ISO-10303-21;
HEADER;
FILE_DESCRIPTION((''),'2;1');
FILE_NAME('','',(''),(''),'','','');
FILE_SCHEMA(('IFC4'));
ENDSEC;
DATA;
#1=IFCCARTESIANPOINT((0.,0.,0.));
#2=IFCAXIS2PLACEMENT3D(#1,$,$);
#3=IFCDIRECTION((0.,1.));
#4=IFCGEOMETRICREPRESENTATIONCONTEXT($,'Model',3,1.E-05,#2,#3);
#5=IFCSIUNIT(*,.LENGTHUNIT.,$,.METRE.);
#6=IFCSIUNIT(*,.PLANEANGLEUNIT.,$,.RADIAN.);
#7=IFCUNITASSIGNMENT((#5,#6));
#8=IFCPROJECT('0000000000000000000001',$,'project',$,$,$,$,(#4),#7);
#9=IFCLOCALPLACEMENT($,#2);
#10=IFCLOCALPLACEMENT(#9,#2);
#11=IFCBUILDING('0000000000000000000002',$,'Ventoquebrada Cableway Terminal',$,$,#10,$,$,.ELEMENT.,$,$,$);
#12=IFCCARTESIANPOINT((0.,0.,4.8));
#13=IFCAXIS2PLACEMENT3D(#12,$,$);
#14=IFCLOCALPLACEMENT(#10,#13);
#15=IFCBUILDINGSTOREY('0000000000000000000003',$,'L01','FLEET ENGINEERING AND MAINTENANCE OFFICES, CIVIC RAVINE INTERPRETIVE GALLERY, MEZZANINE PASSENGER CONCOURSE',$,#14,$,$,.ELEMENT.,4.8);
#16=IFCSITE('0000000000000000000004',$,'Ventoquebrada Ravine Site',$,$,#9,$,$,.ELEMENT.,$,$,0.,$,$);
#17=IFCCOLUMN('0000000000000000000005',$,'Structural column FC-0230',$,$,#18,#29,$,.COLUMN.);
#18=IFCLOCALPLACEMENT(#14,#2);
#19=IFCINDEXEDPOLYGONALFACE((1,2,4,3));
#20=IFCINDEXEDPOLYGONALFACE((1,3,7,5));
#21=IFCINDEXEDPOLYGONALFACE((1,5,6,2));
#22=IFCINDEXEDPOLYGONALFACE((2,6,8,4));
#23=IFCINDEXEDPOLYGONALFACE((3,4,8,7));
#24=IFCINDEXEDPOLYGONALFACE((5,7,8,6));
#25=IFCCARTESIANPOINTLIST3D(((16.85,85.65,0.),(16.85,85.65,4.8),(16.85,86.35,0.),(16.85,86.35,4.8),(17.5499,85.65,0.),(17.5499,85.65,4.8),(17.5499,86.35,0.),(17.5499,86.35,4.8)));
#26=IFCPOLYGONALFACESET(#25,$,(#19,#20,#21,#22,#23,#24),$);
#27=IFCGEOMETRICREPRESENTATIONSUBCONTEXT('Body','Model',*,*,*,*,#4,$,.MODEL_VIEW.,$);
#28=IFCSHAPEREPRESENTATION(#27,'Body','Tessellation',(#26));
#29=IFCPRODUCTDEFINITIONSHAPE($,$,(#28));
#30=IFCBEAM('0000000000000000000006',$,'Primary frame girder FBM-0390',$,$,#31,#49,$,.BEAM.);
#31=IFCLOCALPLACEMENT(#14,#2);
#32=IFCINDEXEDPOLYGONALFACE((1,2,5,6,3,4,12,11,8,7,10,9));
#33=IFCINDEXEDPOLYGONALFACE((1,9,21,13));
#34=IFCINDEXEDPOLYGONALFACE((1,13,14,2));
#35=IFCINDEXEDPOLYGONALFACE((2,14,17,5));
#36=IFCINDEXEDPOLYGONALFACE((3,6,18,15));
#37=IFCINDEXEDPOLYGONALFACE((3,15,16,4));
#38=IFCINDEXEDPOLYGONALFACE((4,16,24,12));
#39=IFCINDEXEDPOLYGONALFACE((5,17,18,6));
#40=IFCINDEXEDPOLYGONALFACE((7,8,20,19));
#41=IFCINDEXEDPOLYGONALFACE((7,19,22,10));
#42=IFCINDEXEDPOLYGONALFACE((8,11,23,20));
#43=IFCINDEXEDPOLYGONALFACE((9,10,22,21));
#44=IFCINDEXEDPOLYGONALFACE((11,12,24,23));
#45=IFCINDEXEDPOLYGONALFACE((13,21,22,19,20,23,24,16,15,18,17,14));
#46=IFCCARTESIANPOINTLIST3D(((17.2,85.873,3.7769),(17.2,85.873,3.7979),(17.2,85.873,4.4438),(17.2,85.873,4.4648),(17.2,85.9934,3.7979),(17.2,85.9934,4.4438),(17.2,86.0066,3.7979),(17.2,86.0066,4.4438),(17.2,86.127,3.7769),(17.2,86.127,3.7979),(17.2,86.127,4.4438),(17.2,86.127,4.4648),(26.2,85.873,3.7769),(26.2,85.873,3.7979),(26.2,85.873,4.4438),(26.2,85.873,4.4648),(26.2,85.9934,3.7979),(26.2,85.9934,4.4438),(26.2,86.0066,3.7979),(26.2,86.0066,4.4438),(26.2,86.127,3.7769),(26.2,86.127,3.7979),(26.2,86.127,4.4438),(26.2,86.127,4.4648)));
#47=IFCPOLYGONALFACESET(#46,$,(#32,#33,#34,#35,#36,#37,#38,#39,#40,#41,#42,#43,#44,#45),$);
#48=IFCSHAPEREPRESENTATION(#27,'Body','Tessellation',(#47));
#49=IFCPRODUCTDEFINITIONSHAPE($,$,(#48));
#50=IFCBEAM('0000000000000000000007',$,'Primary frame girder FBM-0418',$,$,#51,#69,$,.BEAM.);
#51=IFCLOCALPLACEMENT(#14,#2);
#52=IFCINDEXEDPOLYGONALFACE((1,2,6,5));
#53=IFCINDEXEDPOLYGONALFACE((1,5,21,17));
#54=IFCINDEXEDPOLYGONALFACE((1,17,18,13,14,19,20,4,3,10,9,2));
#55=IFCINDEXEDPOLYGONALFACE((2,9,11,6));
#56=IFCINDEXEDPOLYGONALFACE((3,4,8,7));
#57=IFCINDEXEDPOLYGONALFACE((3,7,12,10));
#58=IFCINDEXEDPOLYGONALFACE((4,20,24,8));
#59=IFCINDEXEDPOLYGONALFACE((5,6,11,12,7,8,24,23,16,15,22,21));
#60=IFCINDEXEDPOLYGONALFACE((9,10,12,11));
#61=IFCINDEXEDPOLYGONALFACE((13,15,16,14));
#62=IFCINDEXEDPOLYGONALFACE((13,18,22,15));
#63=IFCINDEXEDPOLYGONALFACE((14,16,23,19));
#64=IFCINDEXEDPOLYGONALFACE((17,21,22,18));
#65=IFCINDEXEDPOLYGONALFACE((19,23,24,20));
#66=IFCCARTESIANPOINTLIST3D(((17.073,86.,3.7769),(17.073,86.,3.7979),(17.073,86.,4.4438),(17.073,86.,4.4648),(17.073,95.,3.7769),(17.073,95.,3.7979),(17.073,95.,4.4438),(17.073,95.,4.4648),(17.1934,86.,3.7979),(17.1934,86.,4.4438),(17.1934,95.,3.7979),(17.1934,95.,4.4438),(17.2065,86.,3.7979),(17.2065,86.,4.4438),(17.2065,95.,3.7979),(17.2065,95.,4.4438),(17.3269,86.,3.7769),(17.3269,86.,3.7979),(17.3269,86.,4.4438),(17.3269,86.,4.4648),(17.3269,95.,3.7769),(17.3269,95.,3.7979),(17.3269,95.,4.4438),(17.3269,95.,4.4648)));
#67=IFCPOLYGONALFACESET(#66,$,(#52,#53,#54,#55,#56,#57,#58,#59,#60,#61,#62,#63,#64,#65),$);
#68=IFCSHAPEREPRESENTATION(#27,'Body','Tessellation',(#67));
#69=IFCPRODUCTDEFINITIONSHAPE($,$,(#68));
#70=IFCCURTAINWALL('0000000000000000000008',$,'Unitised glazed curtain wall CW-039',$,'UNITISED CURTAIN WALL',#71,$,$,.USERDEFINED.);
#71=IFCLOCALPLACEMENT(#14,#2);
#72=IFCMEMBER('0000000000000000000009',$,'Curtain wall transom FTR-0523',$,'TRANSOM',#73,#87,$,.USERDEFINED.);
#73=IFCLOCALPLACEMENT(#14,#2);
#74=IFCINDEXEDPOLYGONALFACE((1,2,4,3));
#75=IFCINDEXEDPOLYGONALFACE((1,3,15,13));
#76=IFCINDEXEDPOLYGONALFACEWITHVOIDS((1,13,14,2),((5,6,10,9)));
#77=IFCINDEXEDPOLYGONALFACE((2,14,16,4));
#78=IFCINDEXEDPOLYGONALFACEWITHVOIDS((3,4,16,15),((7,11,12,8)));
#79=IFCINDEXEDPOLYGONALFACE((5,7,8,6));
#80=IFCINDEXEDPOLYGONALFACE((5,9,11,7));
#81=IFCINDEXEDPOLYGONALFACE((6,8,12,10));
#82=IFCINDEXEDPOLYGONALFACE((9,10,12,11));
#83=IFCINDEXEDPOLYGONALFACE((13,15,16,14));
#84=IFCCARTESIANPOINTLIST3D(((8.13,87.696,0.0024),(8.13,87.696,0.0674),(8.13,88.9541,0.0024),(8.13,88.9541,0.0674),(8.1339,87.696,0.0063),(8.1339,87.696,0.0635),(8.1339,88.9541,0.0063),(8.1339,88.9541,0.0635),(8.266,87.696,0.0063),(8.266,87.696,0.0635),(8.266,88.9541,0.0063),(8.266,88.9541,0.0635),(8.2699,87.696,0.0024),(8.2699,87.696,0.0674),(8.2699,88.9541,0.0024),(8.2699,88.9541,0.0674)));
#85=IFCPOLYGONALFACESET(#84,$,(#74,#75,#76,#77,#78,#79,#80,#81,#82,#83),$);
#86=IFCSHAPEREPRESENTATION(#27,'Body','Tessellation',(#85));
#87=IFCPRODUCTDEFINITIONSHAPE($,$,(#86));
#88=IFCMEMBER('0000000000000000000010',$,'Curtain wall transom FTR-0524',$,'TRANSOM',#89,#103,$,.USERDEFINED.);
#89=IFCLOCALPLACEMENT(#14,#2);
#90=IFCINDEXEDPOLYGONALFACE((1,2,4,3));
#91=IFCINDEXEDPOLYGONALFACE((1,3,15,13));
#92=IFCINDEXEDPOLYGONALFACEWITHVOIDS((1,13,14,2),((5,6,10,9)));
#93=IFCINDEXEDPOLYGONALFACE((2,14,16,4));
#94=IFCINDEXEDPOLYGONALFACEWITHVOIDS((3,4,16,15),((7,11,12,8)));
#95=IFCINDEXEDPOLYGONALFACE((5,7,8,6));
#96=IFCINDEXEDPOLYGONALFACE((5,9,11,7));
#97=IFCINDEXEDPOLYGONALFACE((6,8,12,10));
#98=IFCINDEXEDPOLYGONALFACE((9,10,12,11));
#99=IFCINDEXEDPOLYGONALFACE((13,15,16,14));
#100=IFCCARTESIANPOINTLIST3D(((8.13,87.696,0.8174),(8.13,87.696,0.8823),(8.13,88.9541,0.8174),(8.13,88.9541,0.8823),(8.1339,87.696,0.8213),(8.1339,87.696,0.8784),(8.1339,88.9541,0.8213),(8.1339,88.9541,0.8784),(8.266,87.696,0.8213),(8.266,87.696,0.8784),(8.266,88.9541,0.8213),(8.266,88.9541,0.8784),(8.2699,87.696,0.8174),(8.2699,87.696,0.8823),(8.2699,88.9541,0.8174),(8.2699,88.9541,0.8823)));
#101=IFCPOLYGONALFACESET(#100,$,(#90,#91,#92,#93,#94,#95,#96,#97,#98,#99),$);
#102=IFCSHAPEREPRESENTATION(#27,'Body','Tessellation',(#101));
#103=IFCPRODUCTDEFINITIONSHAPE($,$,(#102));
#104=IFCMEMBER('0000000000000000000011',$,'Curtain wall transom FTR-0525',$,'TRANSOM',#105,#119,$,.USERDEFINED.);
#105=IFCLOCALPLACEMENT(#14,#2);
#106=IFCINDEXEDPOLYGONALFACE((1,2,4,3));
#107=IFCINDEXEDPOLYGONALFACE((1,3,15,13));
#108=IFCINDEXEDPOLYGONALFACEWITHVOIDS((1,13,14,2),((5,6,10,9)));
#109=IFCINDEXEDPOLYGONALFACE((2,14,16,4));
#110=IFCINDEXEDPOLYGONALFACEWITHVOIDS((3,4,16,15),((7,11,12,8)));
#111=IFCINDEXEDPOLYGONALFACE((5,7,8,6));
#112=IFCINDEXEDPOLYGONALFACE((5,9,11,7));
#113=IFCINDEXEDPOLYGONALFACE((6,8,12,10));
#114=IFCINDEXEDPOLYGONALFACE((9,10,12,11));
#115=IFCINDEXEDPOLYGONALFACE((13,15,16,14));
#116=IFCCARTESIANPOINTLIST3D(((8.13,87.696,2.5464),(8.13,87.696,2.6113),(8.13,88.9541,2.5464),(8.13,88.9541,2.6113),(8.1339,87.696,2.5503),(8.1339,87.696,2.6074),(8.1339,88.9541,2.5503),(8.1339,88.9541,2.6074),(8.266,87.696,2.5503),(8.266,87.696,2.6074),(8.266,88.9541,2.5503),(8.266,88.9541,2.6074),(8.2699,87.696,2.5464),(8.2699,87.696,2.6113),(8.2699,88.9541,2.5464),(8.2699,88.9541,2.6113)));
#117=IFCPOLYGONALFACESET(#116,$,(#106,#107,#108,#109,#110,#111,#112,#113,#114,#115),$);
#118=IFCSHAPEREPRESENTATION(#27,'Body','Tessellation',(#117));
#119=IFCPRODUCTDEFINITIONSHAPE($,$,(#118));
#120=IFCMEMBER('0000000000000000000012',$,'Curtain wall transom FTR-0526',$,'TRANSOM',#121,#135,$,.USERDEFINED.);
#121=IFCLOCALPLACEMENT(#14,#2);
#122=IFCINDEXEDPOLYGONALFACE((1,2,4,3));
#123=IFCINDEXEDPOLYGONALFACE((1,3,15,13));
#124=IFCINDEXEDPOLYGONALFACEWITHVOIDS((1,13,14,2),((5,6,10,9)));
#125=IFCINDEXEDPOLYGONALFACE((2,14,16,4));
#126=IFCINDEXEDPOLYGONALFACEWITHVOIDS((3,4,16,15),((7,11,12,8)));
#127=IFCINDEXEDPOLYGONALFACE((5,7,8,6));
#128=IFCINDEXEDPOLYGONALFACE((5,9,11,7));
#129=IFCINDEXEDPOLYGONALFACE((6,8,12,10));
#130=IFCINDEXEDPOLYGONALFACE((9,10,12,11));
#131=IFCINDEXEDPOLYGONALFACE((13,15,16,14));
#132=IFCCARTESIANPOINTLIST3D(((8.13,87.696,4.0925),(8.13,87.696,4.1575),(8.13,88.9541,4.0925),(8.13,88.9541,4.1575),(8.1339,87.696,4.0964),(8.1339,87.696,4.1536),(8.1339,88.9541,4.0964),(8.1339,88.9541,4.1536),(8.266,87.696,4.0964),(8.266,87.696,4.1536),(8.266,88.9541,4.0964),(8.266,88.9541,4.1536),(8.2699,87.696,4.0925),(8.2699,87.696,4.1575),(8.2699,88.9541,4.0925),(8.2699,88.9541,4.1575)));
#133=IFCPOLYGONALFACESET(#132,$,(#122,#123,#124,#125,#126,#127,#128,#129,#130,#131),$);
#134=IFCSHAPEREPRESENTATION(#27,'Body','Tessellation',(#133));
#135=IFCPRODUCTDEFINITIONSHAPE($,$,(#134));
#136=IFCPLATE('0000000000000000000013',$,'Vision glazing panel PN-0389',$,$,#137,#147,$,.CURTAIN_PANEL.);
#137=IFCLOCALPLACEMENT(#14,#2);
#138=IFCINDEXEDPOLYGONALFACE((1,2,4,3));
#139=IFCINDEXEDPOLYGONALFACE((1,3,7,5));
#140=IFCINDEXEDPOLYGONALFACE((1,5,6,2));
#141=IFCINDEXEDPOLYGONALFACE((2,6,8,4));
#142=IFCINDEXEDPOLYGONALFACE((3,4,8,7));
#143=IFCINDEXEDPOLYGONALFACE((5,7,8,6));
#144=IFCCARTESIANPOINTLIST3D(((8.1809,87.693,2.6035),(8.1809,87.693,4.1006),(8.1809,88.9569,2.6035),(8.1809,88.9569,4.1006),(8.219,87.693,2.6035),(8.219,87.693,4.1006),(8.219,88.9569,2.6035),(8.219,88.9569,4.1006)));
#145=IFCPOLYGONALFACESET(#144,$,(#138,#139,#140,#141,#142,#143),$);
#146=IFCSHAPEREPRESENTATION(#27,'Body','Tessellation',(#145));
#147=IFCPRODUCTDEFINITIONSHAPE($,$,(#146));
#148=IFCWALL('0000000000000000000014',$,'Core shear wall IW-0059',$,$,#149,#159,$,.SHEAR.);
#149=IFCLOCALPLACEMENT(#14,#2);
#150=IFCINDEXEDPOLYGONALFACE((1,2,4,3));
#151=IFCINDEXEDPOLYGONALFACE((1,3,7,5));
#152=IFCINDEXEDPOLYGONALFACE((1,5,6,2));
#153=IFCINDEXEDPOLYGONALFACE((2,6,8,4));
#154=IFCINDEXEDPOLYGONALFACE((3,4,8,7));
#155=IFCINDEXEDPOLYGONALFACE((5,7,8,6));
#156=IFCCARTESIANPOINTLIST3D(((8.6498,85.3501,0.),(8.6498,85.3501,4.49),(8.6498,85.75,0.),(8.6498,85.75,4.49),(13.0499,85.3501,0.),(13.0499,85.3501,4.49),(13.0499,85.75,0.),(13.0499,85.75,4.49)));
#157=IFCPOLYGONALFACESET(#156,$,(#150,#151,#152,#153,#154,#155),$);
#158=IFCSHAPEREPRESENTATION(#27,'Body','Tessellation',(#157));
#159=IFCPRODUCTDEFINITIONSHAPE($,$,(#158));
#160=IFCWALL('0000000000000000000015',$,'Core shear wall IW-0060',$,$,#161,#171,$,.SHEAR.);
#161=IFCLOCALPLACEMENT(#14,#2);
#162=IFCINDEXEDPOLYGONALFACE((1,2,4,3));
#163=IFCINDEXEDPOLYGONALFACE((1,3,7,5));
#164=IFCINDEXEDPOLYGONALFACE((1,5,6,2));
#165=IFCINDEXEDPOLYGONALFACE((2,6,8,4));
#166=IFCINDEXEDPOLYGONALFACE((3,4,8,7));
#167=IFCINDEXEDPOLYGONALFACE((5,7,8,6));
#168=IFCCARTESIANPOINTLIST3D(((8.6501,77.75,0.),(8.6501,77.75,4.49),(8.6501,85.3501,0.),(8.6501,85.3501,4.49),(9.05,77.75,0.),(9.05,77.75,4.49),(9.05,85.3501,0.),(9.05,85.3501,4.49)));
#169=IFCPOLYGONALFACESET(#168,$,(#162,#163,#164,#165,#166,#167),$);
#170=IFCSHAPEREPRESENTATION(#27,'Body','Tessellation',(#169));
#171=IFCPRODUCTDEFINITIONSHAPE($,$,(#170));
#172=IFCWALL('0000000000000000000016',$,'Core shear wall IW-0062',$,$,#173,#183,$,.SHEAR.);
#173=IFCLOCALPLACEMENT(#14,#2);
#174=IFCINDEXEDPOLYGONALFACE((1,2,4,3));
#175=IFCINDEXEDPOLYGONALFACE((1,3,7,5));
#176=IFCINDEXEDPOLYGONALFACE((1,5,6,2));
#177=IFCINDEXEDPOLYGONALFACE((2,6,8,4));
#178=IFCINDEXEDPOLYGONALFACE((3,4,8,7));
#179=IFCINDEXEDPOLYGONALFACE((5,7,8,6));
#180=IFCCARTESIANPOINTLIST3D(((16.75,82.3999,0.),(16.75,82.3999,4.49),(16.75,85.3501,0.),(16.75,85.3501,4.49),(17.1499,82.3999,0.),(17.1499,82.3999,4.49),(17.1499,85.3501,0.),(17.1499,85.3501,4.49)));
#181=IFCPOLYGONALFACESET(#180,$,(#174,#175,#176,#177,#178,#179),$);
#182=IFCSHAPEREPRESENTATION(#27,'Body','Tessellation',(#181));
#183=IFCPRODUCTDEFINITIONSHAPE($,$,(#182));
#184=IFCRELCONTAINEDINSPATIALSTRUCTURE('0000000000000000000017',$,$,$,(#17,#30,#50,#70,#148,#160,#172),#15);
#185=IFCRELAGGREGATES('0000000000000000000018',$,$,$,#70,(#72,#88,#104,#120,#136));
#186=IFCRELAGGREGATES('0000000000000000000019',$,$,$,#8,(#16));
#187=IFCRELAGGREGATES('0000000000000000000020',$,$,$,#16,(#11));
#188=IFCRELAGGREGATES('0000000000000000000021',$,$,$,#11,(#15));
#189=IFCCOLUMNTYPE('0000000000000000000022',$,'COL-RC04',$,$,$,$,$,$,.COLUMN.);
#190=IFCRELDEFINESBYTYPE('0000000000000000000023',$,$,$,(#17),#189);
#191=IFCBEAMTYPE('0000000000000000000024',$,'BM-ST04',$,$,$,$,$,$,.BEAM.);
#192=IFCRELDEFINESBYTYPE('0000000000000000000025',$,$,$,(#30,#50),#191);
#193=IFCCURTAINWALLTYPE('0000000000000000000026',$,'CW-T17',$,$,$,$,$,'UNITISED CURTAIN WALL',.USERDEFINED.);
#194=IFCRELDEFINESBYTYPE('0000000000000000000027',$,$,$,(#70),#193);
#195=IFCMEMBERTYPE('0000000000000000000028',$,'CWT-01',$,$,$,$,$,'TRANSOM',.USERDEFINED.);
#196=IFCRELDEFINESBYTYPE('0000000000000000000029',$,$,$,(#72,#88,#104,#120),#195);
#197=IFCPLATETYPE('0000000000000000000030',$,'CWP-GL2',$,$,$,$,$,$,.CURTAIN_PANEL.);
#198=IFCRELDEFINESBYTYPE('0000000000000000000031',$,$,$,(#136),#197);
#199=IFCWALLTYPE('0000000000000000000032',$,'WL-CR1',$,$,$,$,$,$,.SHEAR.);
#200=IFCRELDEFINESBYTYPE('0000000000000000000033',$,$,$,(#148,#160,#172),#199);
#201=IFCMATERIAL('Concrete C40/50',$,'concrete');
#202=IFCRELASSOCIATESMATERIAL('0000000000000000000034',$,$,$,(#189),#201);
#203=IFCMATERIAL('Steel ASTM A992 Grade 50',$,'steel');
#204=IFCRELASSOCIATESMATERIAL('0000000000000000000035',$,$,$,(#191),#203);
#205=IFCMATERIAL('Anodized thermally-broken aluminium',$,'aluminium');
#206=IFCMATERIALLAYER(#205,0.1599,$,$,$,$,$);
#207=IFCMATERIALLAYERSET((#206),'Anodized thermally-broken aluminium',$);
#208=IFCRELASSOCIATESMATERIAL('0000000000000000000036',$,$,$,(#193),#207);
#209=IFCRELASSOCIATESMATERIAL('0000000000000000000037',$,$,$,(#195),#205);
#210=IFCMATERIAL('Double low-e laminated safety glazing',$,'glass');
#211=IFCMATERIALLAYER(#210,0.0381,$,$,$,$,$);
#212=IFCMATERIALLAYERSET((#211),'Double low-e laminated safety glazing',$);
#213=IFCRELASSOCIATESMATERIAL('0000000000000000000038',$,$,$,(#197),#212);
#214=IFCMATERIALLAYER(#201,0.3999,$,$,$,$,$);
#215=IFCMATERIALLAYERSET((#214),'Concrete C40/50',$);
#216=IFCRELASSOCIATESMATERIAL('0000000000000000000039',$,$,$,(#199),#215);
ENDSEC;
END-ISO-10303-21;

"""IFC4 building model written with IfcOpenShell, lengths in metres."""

from ifc_helpers import new_model, si_unit, direction, frame, frame_2d, origin, origin_2d, place, context, subcontext, project, spatial, rectangle, hollow_rectangle, i_section, extrude, material, layer, layer_set, material_profile, profile_set, type_object, element, aggregate, save


model = new_model("IFC4")

# Units and contexts
model_context = context("Model", 3, precision=1e-05, world=origin(), true_north=direction((0.0, 1.0)))
body_context = subcontext(model_context, "Body", "Model", "MODEL_VIEW")
ifc_project = project(units=[si_unit("LENGTHUNIT", "METRE"), si_unit("PLANEANGLEUNIT", "RADIAN")], contexts=[model_context])

# Site, building, storey
site_placement = place(None, origin())
site = spatial("IfcSite", under=ifc_project, at=site_placement, Name="Ventoquebrada Ravine Site", CompositionType="ELEMENT", RefElevation=0.0)
building_placement = place(site_placement, origin())
building = spatial("IfcBuilding", under=site, at=building_placement, Name="Ventoquebrada Cableway Terminal", CompositionType="ELEMENT")
storey_placement = place(building_placement, frame((0.0, 0.0, 4.8)))
storey = spatial("IfcBuildingStorey", under=building, at=storey_placement, Name="L01", Description="FLEET ENGINEERING AND MAINTENANCE OFFICES, CIVIC RAVINE INTERPRETIVE GALLERY, MEZZANINE PASSENGER CONCOURSE", CompositionType="ELEMENT", Elevation=4.8)

# Column
ifc_material_1 = material(Name="Concrete C40/50", Category="concrete")
ifc_material_profile_1 = material_profile(ifc_material_1, rectangle(XDim=0.7, YDim=0.7, at=origin_2d()), Name="RC-COL-700X700")
ifc_profile_set_1 = profile_set([ifc_material_profile_1], Name="Concrete C40/50")
column_type = type_object("IfcColumnType", Name="COL-RC04", PredefinedType="COLUMN", material=ifc_profile_set_1)
column_placement = place(storey_placement, frame((17.2, 86.0, 0.0), z_axis=(0.0, 0.0, 1.0), x_axis=(1.0, 0.0, 0.0)))
element("IfcColumn", 1, at=column_placement, inside=storey, type_object=column_type, Name="Structural column FC-0230", PredefinedType="COLUMN", context=body_context, shape_type="SweptSolid", body=[
    extrude(rectangle(XDim=0.7, YDim=0.7, at=origin_2d()), origin(), (0.0, 0.0, 1.0), 4.8),
])

# Beams
ifc_material_2 = material(Name="Steel ASTM A992 Grade 50", Category="steel")
ifc_material_profile_2 = material_profile(ifc_material_2, i_section(OverallWidth=0.2539, OverallDepth=0.688, WebThickness=0.0132, FlangeThickness=0.021, at=origin_2d()), Name="W27X102")
ifc_profile_set_2 = profile_set([ifc_material_profile_2], Name="Steel ASTM A992 Grade 50")
beam_type = type_object("IfcBeamType", Name="BM-ST04", PredefinedType="BEAM", material=ifc_profile_set_2)
for number, where, z_axis, x_axis, name in (
    (2, (17.2, 86.0, 4.1208), (1.0, 0.0, 0.0), (0.0, 1.0, 0.0), "Primary frame girder FBM-0390"),
    (3, (17.2, 86.0, 4.1208), (0.0, 1.0, 0.0), (-1.0, 0.0, 0.0), "Primary frame girder FBM-0418"),
):
    element("IfcBeam", number, at=place(storey_placement, frame(where, z_axis=z_axis, x_axis=x_axis)), inside=storey, type_object=beam_type, Name=name, PredefinedType="BEAM", context=body_context, shape_type="SweptSolid", body=[
        extrude(i_section(OverallWidth=0.2539, OverallDepth=0.688, WebThickness=0.0132, FlangeThickness=0.021, at=origin_2d()), origin(), (0.0, 0.0, 1.0), 9.0),
    ])

# Curtain wall, members, plate
ifc_material_3 = material(Name="Anodized thermally-broken aluminium", Category="aluminium")
ifc_layer_1 = layer(ifc_material_3, 0.1599)
ifc_layer_set_1 = layer_set([ifc_layer_1], Name="Anodized thermally-broken aluminium")
curtain_wall_type = type_object("IfcCurtainWallType", Name="CW-T17", ElementType="UNITISED CURTAIN WALL", PredefinedType="USERDEFINED", material=ifc_layer_set_1)
curtain_wall_placement = place(storey_placement, origin())
curtain_wall = element("IfcCurtainWall", 4, at=curtain_wall_placement, inside=storey, type_object=curtain_wall_type, Name="Unitised glazed curtain wall CW-039", ObjectType="UNITISED CURTAIN WALL", PredefinedType="USERDEFINED")
ifc_material_profile_3 = material_profile(ifc_material_3, hollow_rectangle(XDim=0.0649, YDim=0.1399, WallThickness=0.0039, at=origin_2d()), Name="CW-TRN-65X140")
ifc_profile_set_3 = profile_set([ifc_material_profile_3], Name="Anodized thermally-broken aluminium")
member_type = type_object("IfcMemberType", Name="CWT-01", ElementType="TRANSOM", PredefinedType="USERDEFINED", material=ifc_profile_set_3)
member_1_placement = place(storey_placement, frame((8.2, 88.9541, 0.0349), z_axis=(0.0, -1.0, 0.0), x_axis=(0.0, 0.0, 1.0)))
member_1 = element("IfcMember", 5, at=member_1_placement, type_object=member_type, Name="Curtain wall transom FTR-0523", ObjectType="TRANSOM", PredefinedType="USERDEFINED", context=body_context, shape_type="SweptSolid", body=[
    extrude(hollow_rectangle(XDim=0.0649, YDim=0.1399, WallThickness=0.0039, at=origin_2d()), origin(), (0.0, 0.0, 1.0), 1.2581),
])
member_2_placement = place(storey_placement, frame((8.2, 88.9541, 0.8499), z_axis=(0.0, -1.0, 0.0), x_axis=(0.0, 0.0, 1.0)))
member_2 = element("IfcMember", 6, at=member_2_placement, type_object=member_type, Name="Curtain wall transom FTR-0524", ObjectType="TRANSOM", PredefinedType="USERDEFINED", context=body_context, shape_type="SweptSolid", body=[
    extrude(hollow_rectangle(XDim=0.0649, YDim=0.1399, WallThickness=0.0039, at=origin_2d()), origin(), (0.0, 0.0, 1.0), 1.2581),
])
member_3_placement = place(storey_placement, frame((8.2, 88.9541, 2.5789), z_axis=(0.0, -1.0, 0.0), x_axis=(0.0, 0.0, 1.0)))
member_3 = element("IfcMember", 7, at=member_3_placement, type_object=member_type, Name="Curtain wall transom FTR-0525", ObjectType="TRANSOM", PredefinedType="USERDEFINED", context=body_context, shape_type="SweptSolid", body=[
    extrude(hollow_rectangle(XDim=0.0649, YDim=0.1399, WallThickness=0.0039, at=origin_2d()), origin(), (0.0, 0.0, 1.0), 1.2581),
])
member_4_placement = place(storey_placement, frame((8.2, 88.9541, 4.125), z_axis=(0.0, -1.0, 0.0), x_axis=(0.0, 0.0, 1.0)))
member_4 = element("IfcMember", 8, at=member_4_placement, type_object=member_type, Name="Curtain wall transom FTR-0526", ObjectType="TRANSOM", PredefinedType="USERDEFINED", context=body_context, shape_type="SweptSolid", body=[
    extrude(hollow_rectangle(XDim=0.0649, YDim=0.1399, WallThickness=0.0039, at=origin_2d()), origin(), (0.0, 0.0, 1.0), 1.2581),
])
ifc_material_4 = material(Name="Double low-e laminated safety glazing", Category="glass")
ifc_layer_2 = layer(ifc_material_4, 0.0381)
ifc_layer_set_2 = layer_set([ifc_layer_2], Name="Double low-e laminated safety glazing")
plate_type = type_object("IfcPlateType", Name="CWP-GL2", PredefinedType="CURTAIN_PANEL", material=ifc_layer_set_2)
plate_placement = place(storey_placement, frame((8.2, 88.325, 2.6035), z_axis=(0.0, 0.0, 1.0), x_axis=(0.0, -1.0, 0.0)))
plate = element("IfcPlate", 9, at=plate_placement, type_object=plate_type, Name="Vision glazing panel PN-0389", PredefinedType="CURTAIN_PANEL", context=body_context, shape_type="SweptSolid", body=[
    extrude(rectangle(XDim=1.2639, YDim=0.0381, at=origin_2d()), origin(), (0.0, 0.0, 1.0), 1.4971),
])
aggregate(curtain_wall, [member_1, member_2, member_3, member_4, plate])

# Walls
ifc_layer_3 = layer(ifc_material_1, 0.3999)
ifc_layer_set_3 = layer_set([ifc_layer_3], Name="Concrete C40/50")
wall_type_1 = type_object("IfcWallType", Name="WL-CR1", PredefinedType="SHEAR", material=ifc_layer_set_3)
wall_1_placement = place(storey_placement, frame((13.05, 85.55, 0.0), z_axis=(0.0, 0.0, 1.0), x_axis=(-1.0, 0.0, 0.0)))
element("IfcWall", 10, at=wall_1_placement, inside=storey, type_object=wall_type_1, Name="Core shear wall IW-0059", PredefinedType="SHEAR", context=body_context, shape_type="SweptSolid", body=[
    extrude(rectangle(XDim=4.4001, YDim=0.3999, at=frame_2d((2.2002, 0.0))), origin(), (0.0, 0.0, 1.0), 4.49),
])
wall_2_placement = place(storey_placement, frame((8.8501, 85.3501, 0.0), z_axis=(0.0, 0.0, 1.0), x_axis=(0.0, -1.0, 0.0)))
element("IfcWall", 11, at=wall_2_placement, inside=storey, type_object=wall_type_1, Name="Core shear wall IW-0060", PredefinedType="SHEAR", context=body_context, shape_type="SweptSolid", body=[
    extrude(rectangle(XDim=7.6001, YDim=0.3999, at=frame_2d((3.8, 0.0))), origin(), (0.0, 0.0, 1.0), 4.49),
])
wall_3_placement = place(storey_placement, frame((16.95, 82.3999, 0.0), z_axis=(0.0, 0.0, 1.0), x_axis=(0.0, 1.0, 0.0)))
element("IfcWall", 12, at=wall_3_placement, inside=storey, type_object=wall_type_1, Name="Core shear wall IW-0062", PredefinedType="SHEAR", context=body_context, shape_type="SweptSolid", body=[
    extrude(rectangle(XDim=2.9502, YDim=0.3999, at=frame_2d((1.4751, 0.0))), origin(), (0.0, 0.0, 1.0), 4.49),
])

save(model, "model.ifc")
